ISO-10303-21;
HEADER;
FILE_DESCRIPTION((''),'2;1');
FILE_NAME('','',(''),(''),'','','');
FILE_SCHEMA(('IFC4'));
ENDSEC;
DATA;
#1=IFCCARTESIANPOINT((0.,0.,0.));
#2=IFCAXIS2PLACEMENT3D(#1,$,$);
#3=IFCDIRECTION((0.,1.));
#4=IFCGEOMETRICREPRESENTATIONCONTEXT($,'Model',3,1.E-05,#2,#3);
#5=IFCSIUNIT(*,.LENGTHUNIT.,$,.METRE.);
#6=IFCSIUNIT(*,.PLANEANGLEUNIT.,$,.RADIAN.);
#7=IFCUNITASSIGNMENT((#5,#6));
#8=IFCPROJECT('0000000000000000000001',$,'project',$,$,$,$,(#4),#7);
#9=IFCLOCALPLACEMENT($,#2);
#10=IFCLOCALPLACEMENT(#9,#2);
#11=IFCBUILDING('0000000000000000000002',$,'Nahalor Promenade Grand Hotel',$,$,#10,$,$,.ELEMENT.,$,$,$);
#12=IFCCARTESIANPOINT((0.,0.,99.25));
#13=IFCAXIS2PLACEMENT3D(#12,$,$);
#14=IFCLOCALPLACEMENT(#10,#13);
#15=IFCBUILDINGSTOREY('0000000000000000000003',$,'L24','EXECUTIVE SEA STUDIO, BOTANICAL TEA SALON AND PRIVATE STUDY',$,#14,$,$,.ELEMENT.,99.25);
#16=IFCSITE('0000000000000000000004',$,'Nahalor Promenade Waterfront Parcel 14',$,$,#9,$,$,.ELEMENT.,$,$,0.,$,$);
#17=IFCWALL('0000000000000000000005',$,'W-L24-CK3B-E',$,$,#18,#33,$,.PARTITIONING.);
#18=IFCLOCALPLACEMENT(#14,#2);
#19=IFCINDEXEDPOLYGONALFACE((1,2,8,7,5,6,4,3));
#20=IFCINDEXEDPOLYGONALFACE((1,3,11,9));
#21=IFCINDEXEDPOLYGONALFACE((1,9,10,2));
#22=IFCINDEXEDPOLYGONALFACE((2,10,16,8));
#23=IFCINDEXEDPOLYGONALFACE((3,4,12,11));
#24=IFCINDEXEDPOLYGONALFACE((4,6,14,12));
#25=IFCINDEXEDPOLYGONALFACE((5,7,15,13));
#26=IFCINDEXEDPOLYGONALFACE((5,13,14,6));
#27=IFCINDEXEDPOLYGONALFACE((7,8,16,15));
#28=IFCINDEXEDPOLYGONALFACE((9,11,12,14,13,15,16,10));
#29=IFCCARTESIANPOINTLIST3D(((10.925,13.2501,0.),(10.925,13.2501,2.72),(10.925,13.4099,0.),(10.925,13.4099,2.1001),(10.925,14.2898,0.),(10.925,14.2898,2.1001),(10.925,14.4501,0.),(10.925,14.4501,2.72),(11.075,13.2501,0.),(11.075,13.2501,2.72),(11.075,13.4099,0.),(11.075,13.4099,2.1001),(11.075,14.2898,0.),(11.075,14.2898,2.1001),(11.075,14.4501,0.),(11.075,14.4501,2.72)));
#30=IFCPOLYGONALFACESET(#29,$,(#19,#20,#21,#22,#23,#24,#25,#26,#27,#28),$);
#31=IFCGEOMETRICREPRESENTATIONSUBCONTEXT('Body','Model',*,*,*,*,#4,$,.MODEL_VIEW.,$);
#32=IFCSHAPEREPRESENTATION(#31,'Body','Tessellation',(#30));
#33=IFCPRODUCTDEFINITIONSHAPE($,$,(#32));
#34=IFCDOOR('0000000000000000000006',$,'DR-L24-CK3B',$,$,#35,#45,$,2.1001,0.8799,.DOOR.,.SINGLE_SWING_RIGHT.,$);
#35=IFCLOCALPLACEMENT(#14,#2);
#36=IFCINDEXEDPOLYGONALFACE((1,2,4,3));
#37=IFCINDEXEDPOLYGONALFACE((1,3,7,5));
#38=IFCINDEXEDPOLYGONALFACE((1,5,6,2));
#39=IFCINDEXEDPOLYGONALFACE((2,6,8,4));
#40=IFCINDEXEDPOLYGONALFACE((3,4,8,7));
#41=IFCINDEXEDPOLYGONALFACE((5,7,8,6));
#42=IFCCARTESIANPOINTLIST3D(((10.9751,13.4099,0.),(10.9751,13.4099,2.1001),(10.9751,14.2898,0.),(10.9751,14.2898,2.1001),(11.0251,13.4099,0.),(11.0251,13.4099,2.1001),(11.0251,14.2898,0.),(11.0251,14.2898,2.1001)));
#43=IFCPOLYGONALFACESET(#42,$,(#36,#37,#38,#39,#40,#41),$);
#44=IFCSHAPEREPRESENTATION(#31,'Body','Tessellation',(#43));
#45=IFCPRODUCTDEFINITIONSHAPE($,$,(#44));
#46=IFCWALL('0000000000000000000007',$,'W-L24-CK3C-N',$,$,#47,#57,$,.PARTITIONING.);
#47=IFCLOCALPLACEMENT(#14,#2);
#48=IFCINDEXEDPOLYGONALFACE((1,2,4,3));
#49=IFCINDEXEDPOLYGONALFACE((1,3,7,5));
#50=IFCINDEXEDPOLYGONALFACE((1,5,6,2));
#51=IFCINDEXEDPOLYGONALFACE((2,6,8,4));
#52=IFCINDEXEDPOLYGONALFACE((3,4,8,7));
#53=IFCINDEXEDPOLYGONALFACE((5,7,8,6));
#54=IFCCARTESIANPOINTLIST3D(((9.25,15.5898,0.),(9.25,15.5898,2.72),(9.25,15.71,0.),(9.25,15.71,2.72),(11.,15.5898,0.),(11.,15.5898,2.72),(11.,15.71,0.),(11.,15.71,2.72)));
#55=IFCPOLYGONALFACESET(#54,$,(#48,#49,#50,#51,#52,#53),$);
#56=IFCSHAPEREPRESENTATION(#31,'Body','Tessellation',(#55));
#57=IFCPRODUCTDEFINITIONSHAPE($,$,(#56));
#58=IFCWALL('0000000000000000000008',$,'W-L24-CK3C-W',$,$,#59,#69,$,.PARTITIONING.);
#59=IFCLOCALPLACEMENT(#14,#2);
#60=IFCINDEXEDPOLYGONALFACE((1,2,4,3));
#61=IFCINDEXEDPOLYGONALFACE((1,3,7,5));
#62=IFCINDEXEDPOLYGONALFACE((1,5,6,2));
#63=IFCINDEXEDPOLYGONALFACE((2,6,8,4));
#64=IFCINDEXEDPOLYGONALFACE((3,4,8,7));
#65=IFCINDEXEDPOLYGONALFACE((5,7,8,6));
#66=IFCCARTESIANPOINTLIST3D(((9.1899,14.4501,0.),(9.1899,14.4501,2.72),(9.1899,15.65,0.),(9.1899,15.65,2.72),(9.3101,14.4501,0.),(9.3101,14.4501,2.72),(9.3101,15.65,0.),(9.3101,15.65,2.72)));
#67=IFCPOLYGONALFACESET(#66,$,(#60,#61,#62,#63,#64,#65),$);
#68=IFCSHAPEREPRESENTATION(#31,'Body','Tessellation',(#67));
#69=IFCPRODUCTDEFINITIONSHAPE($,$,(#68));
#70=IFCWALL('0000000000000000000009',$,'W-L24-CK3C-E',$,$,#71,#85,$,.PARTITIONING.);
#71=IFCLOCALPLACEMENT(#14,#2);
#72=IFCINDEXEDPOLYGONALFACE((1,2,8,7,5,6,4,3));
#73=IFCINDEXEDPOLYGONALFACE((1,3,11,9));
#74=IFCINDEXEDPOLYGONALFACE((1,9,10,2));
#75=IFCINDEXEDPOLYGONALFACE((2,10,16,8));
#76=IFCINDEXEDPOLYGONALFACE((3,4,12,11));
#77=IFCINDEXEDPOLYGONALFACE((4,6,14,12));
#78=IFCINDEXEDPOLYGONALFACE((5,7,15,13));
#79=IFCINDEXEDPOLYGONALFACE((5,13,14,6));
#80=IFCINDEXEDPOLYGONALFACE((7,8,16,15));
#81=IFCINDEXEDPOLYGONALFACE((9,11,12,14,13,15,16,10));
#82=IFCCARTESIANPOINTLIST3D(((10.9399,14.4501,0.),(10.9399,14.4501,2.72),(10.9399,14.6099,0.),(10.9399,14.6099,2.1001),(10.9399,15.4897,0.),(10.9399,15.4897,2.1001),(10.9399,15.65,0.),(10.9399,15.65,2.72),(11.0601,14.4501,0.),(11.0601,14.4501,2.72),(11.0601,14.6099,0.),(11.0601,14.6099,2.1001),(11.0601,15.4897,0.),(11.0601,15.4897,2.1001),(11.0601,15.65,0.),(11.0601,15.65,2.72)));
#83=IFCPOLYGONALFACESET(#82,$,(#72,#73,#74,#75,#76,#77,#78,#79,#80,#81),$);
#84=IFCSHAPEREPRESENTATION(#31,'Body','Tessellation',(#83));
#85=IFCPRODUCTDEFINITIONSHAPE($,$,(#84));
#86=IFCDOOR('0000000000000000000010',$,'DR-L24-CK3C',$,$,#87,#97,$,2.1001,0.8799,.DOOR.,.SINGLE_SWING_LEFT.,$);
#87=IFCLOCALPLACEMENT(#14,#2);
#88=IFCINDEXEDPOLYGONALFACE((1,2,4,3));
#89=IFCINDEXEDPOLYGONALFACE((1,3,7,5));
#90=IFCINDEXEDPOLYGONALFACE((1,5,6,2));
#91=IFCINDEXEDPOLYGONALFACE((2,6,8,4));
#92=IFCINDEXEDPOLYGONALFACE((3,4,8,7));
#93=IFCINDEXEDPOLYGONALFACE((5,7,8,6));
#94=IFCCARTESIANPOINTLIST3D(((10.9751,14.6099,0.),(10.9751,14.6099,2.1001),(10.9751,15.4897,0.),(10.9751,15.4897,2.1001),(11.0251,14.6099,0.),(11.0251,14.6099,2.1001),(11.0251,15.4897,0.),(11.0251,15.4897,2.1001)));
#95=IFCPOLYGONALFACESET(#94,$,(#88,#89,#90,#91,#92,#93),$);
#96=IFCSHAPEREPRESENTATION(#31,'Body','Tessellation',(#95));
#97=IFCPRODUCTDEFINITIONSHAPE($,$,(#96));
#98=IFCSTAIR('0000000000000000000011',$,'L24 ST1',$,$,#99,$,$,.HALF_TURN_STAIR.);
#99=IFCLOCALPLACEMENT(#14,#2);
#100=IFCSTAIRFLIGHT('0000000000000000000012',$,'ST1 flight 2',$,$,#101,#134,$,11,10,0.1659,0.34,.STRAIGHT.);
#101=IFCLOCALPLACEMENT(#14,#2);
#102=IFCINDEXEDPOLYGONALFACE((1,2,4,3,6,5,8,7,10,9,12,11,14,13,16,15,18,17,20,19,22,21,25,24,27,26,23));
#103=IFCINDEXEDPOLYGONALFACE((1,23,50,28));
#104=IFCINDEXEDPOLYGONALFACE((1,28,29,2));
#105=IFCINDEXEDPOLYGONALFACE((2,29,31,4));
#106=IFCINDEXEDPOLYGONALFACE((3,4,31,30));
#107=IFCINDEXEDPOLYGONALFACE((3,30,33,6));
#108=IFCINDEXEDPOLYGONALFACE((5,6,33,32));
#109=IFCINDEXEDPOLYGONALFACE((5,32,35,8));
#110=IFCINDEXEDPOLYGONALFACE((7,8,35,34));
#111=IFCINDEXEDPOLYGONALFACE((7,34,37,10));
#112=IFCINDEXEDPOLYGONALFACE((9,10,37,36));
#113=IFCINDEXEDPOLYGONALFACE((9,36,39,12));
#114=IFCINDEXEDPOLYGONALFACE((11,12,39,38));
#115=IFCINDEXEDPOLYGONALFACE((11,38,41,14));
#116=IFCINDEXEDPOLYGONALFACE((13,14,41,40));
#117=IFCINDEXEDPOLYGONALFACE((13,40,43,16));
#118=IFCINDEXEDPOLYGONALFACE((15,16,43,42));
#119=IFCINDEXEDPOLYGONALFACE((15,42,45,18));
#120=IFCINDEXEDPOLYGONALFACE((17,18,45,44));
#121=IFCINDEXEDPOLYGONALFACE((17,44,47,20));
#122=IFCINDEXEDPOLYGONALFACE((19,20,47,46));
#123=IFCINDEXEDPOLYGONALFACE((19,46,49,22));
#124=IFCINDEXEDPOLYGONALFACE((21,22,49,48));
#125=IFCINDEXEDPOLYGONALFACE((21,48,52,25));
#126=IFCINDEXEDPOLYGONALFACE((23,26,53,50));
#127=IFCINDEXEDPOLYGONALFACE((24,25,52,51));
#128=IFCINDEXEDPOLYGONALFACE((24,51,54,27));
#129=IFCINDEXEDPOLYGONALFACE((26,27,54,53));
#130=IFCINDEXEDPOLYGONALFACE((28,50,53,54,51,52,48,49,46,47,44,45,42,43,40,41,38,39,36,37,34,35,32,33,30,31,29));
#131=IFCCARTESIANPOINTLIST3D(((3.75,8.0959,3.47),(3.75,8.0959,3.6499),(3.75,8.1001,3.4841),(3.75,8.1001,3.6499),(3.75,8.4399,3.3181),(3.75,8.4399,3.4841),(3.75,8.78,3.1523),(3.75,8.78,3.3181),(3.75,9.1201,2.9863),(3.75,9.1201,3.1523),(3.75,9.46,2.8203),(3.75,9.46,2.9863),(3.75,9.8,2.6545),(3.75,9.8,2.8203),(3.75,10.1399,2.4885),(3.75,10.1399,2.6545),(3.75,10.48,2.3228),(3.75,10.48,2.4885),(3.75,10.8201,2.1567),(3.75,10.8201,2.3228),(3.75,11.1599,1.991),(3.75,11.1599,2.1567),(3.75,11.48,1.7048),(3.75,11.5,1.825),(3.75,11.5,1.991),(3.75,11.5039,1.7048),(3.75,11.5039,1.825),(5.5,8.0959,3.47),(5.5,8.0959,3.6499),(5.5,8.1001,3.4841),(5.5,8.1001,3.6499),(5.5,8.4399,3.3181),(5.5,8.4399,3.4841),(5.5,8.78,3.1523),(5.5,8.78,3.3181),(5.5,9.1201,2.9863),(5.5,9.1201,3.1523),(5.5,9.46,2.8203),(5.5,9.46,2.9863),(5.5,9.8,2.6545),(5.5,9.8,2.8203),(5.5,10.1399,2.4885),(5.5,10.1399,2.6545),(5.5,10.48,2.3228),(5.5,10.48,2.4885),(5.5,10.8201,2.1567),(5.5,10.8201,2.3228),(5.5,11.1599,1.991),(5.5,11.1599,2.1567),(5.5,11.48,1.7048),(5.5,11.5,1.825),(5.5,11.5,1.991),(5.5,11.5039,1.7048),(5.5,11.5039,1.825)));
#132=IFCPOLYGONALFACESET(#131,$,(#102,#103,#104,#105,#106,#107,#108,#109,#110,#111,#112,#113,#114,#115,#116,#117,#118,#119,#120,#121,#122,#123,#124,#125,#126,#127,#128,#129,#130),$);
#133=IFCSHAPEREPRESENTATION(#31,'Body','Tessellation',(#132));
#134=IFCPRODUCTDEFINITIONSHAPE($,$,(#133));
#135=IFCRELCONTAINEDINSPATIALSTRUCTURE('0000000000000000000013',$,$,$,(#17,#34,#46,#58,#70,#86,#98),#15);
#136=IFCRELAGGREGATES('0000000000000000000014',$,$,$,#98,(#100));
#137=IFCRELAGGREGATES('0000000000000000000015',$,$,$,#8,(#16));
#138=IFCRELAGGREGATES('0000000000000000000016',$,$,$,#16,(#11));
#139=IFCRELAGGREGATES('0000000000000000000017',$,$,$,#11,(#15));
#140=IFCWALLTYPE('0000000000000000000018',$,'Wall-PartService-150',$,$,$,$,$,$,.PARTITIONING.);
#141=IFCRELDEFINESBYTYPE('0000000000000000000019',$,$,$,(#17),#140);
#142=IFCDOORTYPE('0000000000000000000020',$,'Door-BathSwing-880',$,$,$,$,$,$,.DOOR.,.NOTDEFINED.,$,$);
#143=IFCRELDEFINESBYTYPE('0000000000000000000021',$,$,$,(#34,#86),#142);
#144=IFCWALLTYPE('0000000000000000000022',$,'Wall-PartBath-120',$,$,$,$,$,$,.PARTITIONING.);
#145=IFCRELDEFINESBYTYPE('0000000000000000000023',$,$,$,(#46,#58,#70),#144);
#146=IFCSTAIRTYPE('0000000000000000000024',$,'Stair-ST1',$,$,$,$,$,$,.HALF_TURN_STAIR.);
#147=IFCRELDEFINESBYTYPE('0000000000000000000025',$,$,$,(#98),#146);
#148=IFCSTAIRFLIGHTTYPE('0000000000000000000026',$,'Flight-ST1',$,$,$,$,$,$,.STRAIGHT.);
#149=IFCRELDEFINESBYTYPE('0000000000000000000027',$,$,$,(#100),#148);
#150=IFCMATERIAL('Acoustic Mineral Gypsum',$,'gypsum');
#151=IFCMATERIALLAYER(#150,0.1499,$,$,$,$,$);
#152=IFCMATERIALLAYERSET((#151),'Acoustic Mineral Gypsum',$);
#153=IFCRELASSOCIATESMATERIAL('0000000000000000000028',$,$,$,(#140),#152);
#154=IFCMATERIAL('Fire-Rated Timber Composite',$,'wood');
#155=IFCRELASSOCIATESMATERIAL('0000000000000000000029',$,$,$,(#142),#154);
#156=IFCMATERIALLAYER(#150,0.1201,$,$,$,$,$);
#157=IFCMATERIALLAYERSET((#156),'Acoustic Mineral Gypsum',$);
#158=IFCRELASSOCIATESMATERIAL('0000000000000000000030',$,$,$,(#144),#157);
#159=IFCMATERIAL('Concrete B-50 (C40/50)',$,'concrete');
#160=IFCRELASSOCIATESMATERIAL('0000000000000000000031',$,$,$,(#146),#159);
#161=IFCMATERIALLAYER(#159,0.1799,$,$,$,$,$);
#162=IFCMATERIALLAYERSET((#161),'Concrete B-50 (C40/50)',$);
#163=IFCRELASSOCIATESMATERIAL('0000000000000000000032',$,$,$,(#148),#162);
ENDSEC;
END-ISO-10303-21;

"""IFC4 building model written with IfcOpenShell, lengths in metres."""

from ifc_helpers import new_model, si_unit, direction, frame, frame_2d, origin, place, context, subcontext, project, spatial, polyline, rectangle, outline, extrude, source, transform, mapped, material, layer, layer_set, type_object, element, fill, aggregate, save


model = new_model("IFC4")

# Units and contexts
model_context = context("Model", 3, precision=1e-05, world=origin(), true_north=direction((0.0, 1.0)))
body_context = subcontext(model_context, "Body", "Model", "MODEL_VIEW")
ifc_project = project(units=[si_unit("LENGTHUNIT", "METRE"), si_unit("PLANEANGLEUNIT", "RADIAN")], contexts=[model_context])

# Site, building, storey
site_placement = place(None, origin())
site = spatial("IfcSite", under=ifc_project, at=site_placement, Name="Nahalor Promenade Waterfront Parcel 14", CompositionType="ELEMENT", RefElevation=0.0)
building_placement = place(site_placement, origin())
building = spatial("IfcBuilding", under=site, at=building_placement, Name="Nahalor Promenade Grand Hotel", CompositionType="ELEMENT")
storey_placement = place(building_placement, frame((0.0, 0.0, 99.25)))
storey = spatial("IfcBuildingStorey", under=building, at=storey_placement, Name="L24", Description="EXECUTIVE SEA STUDIO, BOTANICAL TEA SALON AND PRIVATE STUDY", CompositionType="ELEMENT", Elevation=99.25)

# Shared definitions
ifc_material_1 = material(Name="Concrete B-50 (C40/50)", Category="concrete")
ifc_material_2 = material(Name="Acoustic Mineral Gypsum", Category="gypsum")
ifc_layer_1 = layer(ifc_material_2, 0.1499)
ifc_layer_set_1 = layer_set([ifc_layer_1], Name="Acoustic Mineral Gypsum")
wall_type_1 = type_object("IfcWallType", Name="Wall-PartService-150", PredefinedType="PARTITIONING", material=ifc_layer_set_1)
shared_shape_1 = source(origin(), body_context, "Body", "SweptSolid", [
    extrude(rectangle(XDim=1.2, YDim=0.1499, at=frame_2d((0.6001, 0.0))), origin(), (0.0, 0.0, 1.0), 2.72),
])

# Shared definitions
ifc_material_3 = material(Name="Fire-Rated Timber Composite", Category="wood")
door_type = type_object("IfcDoorType", Name="Door-BathSwing-880", OperationType="NOTDEFINED", PredefinedType="DOOR", material=ifc_material_3)
shared_shape_2 = source(origin(), body_context, "Body", "SweptSolid", [
    extrude(rectangle(XDim=0.8799, YDim=2.1001, at=frame_2d((0.4399, 1.05))), frame((0.0, 0.0249, 0.0), z_axis=(0.0, -1.0, 0.0), x_axis=(1.0, 0.0, 0.0)), (0.0, 0.0, 1.0), 0.05),
])

# Wall, opening, door
wall_1_placement = place(storey_placement, frame((11.0, 13.25, 0.0), z_axis=(0.0, 0.0, 1.0), x_axis=(0.0, 1.0, 0.0)))
wall_1 = element("IfcWall", 1, at=wall_1_placement, inside=storey, type_object=wall_type_1, Name="W-L24-CK3B-E", PredefinedType="PARTITIONING", context=body_context, shape_type="MappedRepresentation", body=[
    mapped(shared_shape_1, transform((0.0, 0.0, 0.0), scale=1.0)),
])
opening_1_placement = place(wall_1_placement, frame((0.1599, 0.0, 0.0)))
opening_1 = element("IfcOpeningElement", 2, at=opening_1_placement, cuts=wall_1, PredefinedType="OPENING", context=body_context, shape_type="SweptSolid", body=[
    extrude(rectangle(XDim=0.8799, YDim=2.1001, at=frame_2d((0.4399, 1.05))), frame((0.0, 0.085, 0.0), z_axis=(0.0, -1.0, 0.0), x_axis=(1.0, 0.0, 0.0)), (0.0, 0.0, 1.0), 0.1699),
])
door_1_placement = place(opening_1_placement, origin())
door_1 = element("IfcDoor", 3, at=door_1_placement, inside=storey, type_object=door_type, Name="DR-L24-CK3B", OperationType="SINGLE_SWING_RIGHT", OverallHeight=2.1001, OverallWidth=0.8799, PredefinedType="DOOR", context=body_context, shape_type="MappedRepresentation", body=[
    mapped(shared_shape_2, transform((0.0, 0.0, 0.0), scale=1.0)),
])
fill(opening_1, door_1)

# Walls
ifc_layer_2 = layer(ifc_material_2, 0.1201)
ifc_layer_set_2 = layer_set([ifc_layer_2], Name="Acoustic Mineral Gypsum")
wall_type_2 = type_object("IfcWallType", Name="Wall-PartBath-120", PredefinedType="PARTITIONING", material=ifc_layer_set_2)
shared_shape_3 = source(origin(), body_context, "Body", "SweptSolid", [
    extrude(rectangle(XDim=1.75, YDim=0.1201, at=frame_2d((0.875, 0.0))), origin(), (0.0, 0.0, 1.0), 2.72),
])
wall_2_placement = place(storey_placement, frame((9.25, 15.6499, 0.0), z_axis=(0.0, 0.0, 1.0), x_axis=(1.0, 0.0, 0.0)))
element("IfcWall", 4, at=wall_2_placement, inside=storey, type_object=wall_type_2, Name="W-L24-CK3C-N", PredefinedType="PARTITIONING", context=body_context, shape_type="MappedRepresentation", body=[
    mapped(shared_shape_3, transform((0.0, 0.0, 0.0), scale=1.0)),
])
shared_shape_4 = source(origin(), body_context, "Body", "SweptSolid", [
    extrude(rectangle(XDim=1.2, YDim=0.1201, at=frame_2d((0.6001, 0.0))), origin(), (0.0, 0.0, 1.0), 2.72),
])
wall_3_placement = place(storey_placement, frame((9.25, 14.45, 0.0), z_axis=(0.0, 0.0, 1.0), x_axis=(0.0, 1.0, 0.0)))
element("IfcWall", 5, at=wall_3_placement, inside=storey, type_object=wall_type_2, Name="W-L24-CK3C-W", PredefinedType="PARTITIONING", context=body_context, shape_type="MappedRepresentation", body=[
    mapped(shared_shape_4, transform((0.0, 0.0, 0.0), scale=1.0)),
])

# Wall, opening, door
wall_4_placement = place(storey_placement, frame((11.0, 14.45, 0.0), z_axis=(0.0, 0.0, 1.0), x_axis=(0.0, 1.0, 0.0)))
wall_4 = element("IfcWall", 6, at=wall_4_placement, inside=storey, type_object=wall_type_2, Name="W-L24-CK3C-E", PredefinedType="PARTITIONING", context=body_context, shape_type="MappedRepresentation", body=[
    mapped(shared_shape_4, transform((0.0, 0.0, 0.0), scale=1.0)),
])
opening_2_placement = place(wall_4_placement, frame((0.1599, 0.0, 0.0)))
opening_2 = element("IfcOpeningElement", 7, at=opening_2_placement, cuts=wall_4, PredefinedType="OPENING", context=body_context, shape_type="SweptSolid", body=[
    extrude(rectangle(XDim=0.8799, YDim=2.1001, at=frame_2d((0.4399, 1.05))), frame((0.0, 0.0701, 0.0), z_axis=(0.0, -1.0, 0.0), x_axis=(1.0, 0.0, 0.0)), (0.0, 0.0, 1.0), 0.1401),
])
door_2_placement = place(opening_2_placement, origin())
door_2 = element("IfcDoor", 8, at=door_2_placement, inside=storey, type_object=door_type, Name="DR-L24-CK3C", OperationType="SINGLE_SWING_LEFT", OverallHeight=2.1001, OverallWidth=0.8799, PredefinedType="DOOR", context=body_context, shape_type="MappedRepresentation", body=[
    mapped(shared_shape_2, transform((0.0, 0.0, 0.0), scale=1.0)),
])
fill(opening_2, door_2)

# Stair, stair flight
stair_type = type_object("IfcStairType", Name="Stair-ST1", PredefinedType="HALF_TURN_STAIR", material=ifc_material_1)
stair_placement = place(storey_placement, origin())
stair = element("IfcStair", 9, at=stair_placement, inside=storey, type_object=stair_type, Name="L24 ST1", PredefinedType="HALF_TURN_STAIR")
ifc_layer_3 = layer(ifc_material_1, 0.1799)
ifc_layer_set_3 = layer_set([ifc_layer_3], Name="Concrete B-50 (C40/50)")
stair_flight_type = type_object("IfcStairFlightType", Name="Flight-ST1", PredefinedType="STRAIGHT", material=ifc_layer_set_3)
shared_shape_5 = source(origin(), body_context, "Body", "SweptSolid", [
    extrude(outline(polyline([(-0.0039, -0.1201), (-0.0039, 0.0), (0.0, 0.0), (0.0, 0.166), (0.3401, 0.166), (0.3401, 0.3318), (0.6799, 0.3318), (0.6799, 0.4978), (1.02, 0.4978), (1.02, 0.6636), (1.3601, 0.6636), (1.3601, 0.8296), (1.7, 0.8296), (1.7, 0.9954), (2.04, 0.9954), (2.04, 1.1614), (2.3799, 1.1614), (2.3799, 1.3274), (2.72, 1.3274), (2.72, 1.4932), (3.0601, 1.4932), (3.0601, 1.6592), (3.3999, 1.6592), (3.3999, 1.825), (3.4041, 1.825), (3.4041, 1.645), (0.02, -0.1201), (-0.0039, -0.1201)])), frame((0.0, 0.875, 0.0), z_axis=(0.0, -1.0, 0.0), x_axis=(1.0, 0.0, 0.0)), (0.0, 0.0, 1.0), 1.75),
])
stair_flight_placement = place(storey_placement, frame((4.625, 11.5, 1.825), z_axis=(0.0, 0.0, 1.0), x_axis=(0.0, -1.0, 0.0)))
stair_flight = element("IfcStairFlight", 10, at=stair_flight_placement, type_object=stair_flight_type, Name="ST1 flight 2", NumberOfRisers=11, NumberOfTreads=10, PredefinedType="STRAIGHT", RiserHeight=0.1659, TreadLength=0.34, context=body_context, shape_type="MappedRepresentation", body=[
    mapped(shared_shape_5, transform((0.0, 0.0, 0.0), scale=1.0)),
])
aggregate(stair, [stair_flight])

save(model, "model.ifc")
